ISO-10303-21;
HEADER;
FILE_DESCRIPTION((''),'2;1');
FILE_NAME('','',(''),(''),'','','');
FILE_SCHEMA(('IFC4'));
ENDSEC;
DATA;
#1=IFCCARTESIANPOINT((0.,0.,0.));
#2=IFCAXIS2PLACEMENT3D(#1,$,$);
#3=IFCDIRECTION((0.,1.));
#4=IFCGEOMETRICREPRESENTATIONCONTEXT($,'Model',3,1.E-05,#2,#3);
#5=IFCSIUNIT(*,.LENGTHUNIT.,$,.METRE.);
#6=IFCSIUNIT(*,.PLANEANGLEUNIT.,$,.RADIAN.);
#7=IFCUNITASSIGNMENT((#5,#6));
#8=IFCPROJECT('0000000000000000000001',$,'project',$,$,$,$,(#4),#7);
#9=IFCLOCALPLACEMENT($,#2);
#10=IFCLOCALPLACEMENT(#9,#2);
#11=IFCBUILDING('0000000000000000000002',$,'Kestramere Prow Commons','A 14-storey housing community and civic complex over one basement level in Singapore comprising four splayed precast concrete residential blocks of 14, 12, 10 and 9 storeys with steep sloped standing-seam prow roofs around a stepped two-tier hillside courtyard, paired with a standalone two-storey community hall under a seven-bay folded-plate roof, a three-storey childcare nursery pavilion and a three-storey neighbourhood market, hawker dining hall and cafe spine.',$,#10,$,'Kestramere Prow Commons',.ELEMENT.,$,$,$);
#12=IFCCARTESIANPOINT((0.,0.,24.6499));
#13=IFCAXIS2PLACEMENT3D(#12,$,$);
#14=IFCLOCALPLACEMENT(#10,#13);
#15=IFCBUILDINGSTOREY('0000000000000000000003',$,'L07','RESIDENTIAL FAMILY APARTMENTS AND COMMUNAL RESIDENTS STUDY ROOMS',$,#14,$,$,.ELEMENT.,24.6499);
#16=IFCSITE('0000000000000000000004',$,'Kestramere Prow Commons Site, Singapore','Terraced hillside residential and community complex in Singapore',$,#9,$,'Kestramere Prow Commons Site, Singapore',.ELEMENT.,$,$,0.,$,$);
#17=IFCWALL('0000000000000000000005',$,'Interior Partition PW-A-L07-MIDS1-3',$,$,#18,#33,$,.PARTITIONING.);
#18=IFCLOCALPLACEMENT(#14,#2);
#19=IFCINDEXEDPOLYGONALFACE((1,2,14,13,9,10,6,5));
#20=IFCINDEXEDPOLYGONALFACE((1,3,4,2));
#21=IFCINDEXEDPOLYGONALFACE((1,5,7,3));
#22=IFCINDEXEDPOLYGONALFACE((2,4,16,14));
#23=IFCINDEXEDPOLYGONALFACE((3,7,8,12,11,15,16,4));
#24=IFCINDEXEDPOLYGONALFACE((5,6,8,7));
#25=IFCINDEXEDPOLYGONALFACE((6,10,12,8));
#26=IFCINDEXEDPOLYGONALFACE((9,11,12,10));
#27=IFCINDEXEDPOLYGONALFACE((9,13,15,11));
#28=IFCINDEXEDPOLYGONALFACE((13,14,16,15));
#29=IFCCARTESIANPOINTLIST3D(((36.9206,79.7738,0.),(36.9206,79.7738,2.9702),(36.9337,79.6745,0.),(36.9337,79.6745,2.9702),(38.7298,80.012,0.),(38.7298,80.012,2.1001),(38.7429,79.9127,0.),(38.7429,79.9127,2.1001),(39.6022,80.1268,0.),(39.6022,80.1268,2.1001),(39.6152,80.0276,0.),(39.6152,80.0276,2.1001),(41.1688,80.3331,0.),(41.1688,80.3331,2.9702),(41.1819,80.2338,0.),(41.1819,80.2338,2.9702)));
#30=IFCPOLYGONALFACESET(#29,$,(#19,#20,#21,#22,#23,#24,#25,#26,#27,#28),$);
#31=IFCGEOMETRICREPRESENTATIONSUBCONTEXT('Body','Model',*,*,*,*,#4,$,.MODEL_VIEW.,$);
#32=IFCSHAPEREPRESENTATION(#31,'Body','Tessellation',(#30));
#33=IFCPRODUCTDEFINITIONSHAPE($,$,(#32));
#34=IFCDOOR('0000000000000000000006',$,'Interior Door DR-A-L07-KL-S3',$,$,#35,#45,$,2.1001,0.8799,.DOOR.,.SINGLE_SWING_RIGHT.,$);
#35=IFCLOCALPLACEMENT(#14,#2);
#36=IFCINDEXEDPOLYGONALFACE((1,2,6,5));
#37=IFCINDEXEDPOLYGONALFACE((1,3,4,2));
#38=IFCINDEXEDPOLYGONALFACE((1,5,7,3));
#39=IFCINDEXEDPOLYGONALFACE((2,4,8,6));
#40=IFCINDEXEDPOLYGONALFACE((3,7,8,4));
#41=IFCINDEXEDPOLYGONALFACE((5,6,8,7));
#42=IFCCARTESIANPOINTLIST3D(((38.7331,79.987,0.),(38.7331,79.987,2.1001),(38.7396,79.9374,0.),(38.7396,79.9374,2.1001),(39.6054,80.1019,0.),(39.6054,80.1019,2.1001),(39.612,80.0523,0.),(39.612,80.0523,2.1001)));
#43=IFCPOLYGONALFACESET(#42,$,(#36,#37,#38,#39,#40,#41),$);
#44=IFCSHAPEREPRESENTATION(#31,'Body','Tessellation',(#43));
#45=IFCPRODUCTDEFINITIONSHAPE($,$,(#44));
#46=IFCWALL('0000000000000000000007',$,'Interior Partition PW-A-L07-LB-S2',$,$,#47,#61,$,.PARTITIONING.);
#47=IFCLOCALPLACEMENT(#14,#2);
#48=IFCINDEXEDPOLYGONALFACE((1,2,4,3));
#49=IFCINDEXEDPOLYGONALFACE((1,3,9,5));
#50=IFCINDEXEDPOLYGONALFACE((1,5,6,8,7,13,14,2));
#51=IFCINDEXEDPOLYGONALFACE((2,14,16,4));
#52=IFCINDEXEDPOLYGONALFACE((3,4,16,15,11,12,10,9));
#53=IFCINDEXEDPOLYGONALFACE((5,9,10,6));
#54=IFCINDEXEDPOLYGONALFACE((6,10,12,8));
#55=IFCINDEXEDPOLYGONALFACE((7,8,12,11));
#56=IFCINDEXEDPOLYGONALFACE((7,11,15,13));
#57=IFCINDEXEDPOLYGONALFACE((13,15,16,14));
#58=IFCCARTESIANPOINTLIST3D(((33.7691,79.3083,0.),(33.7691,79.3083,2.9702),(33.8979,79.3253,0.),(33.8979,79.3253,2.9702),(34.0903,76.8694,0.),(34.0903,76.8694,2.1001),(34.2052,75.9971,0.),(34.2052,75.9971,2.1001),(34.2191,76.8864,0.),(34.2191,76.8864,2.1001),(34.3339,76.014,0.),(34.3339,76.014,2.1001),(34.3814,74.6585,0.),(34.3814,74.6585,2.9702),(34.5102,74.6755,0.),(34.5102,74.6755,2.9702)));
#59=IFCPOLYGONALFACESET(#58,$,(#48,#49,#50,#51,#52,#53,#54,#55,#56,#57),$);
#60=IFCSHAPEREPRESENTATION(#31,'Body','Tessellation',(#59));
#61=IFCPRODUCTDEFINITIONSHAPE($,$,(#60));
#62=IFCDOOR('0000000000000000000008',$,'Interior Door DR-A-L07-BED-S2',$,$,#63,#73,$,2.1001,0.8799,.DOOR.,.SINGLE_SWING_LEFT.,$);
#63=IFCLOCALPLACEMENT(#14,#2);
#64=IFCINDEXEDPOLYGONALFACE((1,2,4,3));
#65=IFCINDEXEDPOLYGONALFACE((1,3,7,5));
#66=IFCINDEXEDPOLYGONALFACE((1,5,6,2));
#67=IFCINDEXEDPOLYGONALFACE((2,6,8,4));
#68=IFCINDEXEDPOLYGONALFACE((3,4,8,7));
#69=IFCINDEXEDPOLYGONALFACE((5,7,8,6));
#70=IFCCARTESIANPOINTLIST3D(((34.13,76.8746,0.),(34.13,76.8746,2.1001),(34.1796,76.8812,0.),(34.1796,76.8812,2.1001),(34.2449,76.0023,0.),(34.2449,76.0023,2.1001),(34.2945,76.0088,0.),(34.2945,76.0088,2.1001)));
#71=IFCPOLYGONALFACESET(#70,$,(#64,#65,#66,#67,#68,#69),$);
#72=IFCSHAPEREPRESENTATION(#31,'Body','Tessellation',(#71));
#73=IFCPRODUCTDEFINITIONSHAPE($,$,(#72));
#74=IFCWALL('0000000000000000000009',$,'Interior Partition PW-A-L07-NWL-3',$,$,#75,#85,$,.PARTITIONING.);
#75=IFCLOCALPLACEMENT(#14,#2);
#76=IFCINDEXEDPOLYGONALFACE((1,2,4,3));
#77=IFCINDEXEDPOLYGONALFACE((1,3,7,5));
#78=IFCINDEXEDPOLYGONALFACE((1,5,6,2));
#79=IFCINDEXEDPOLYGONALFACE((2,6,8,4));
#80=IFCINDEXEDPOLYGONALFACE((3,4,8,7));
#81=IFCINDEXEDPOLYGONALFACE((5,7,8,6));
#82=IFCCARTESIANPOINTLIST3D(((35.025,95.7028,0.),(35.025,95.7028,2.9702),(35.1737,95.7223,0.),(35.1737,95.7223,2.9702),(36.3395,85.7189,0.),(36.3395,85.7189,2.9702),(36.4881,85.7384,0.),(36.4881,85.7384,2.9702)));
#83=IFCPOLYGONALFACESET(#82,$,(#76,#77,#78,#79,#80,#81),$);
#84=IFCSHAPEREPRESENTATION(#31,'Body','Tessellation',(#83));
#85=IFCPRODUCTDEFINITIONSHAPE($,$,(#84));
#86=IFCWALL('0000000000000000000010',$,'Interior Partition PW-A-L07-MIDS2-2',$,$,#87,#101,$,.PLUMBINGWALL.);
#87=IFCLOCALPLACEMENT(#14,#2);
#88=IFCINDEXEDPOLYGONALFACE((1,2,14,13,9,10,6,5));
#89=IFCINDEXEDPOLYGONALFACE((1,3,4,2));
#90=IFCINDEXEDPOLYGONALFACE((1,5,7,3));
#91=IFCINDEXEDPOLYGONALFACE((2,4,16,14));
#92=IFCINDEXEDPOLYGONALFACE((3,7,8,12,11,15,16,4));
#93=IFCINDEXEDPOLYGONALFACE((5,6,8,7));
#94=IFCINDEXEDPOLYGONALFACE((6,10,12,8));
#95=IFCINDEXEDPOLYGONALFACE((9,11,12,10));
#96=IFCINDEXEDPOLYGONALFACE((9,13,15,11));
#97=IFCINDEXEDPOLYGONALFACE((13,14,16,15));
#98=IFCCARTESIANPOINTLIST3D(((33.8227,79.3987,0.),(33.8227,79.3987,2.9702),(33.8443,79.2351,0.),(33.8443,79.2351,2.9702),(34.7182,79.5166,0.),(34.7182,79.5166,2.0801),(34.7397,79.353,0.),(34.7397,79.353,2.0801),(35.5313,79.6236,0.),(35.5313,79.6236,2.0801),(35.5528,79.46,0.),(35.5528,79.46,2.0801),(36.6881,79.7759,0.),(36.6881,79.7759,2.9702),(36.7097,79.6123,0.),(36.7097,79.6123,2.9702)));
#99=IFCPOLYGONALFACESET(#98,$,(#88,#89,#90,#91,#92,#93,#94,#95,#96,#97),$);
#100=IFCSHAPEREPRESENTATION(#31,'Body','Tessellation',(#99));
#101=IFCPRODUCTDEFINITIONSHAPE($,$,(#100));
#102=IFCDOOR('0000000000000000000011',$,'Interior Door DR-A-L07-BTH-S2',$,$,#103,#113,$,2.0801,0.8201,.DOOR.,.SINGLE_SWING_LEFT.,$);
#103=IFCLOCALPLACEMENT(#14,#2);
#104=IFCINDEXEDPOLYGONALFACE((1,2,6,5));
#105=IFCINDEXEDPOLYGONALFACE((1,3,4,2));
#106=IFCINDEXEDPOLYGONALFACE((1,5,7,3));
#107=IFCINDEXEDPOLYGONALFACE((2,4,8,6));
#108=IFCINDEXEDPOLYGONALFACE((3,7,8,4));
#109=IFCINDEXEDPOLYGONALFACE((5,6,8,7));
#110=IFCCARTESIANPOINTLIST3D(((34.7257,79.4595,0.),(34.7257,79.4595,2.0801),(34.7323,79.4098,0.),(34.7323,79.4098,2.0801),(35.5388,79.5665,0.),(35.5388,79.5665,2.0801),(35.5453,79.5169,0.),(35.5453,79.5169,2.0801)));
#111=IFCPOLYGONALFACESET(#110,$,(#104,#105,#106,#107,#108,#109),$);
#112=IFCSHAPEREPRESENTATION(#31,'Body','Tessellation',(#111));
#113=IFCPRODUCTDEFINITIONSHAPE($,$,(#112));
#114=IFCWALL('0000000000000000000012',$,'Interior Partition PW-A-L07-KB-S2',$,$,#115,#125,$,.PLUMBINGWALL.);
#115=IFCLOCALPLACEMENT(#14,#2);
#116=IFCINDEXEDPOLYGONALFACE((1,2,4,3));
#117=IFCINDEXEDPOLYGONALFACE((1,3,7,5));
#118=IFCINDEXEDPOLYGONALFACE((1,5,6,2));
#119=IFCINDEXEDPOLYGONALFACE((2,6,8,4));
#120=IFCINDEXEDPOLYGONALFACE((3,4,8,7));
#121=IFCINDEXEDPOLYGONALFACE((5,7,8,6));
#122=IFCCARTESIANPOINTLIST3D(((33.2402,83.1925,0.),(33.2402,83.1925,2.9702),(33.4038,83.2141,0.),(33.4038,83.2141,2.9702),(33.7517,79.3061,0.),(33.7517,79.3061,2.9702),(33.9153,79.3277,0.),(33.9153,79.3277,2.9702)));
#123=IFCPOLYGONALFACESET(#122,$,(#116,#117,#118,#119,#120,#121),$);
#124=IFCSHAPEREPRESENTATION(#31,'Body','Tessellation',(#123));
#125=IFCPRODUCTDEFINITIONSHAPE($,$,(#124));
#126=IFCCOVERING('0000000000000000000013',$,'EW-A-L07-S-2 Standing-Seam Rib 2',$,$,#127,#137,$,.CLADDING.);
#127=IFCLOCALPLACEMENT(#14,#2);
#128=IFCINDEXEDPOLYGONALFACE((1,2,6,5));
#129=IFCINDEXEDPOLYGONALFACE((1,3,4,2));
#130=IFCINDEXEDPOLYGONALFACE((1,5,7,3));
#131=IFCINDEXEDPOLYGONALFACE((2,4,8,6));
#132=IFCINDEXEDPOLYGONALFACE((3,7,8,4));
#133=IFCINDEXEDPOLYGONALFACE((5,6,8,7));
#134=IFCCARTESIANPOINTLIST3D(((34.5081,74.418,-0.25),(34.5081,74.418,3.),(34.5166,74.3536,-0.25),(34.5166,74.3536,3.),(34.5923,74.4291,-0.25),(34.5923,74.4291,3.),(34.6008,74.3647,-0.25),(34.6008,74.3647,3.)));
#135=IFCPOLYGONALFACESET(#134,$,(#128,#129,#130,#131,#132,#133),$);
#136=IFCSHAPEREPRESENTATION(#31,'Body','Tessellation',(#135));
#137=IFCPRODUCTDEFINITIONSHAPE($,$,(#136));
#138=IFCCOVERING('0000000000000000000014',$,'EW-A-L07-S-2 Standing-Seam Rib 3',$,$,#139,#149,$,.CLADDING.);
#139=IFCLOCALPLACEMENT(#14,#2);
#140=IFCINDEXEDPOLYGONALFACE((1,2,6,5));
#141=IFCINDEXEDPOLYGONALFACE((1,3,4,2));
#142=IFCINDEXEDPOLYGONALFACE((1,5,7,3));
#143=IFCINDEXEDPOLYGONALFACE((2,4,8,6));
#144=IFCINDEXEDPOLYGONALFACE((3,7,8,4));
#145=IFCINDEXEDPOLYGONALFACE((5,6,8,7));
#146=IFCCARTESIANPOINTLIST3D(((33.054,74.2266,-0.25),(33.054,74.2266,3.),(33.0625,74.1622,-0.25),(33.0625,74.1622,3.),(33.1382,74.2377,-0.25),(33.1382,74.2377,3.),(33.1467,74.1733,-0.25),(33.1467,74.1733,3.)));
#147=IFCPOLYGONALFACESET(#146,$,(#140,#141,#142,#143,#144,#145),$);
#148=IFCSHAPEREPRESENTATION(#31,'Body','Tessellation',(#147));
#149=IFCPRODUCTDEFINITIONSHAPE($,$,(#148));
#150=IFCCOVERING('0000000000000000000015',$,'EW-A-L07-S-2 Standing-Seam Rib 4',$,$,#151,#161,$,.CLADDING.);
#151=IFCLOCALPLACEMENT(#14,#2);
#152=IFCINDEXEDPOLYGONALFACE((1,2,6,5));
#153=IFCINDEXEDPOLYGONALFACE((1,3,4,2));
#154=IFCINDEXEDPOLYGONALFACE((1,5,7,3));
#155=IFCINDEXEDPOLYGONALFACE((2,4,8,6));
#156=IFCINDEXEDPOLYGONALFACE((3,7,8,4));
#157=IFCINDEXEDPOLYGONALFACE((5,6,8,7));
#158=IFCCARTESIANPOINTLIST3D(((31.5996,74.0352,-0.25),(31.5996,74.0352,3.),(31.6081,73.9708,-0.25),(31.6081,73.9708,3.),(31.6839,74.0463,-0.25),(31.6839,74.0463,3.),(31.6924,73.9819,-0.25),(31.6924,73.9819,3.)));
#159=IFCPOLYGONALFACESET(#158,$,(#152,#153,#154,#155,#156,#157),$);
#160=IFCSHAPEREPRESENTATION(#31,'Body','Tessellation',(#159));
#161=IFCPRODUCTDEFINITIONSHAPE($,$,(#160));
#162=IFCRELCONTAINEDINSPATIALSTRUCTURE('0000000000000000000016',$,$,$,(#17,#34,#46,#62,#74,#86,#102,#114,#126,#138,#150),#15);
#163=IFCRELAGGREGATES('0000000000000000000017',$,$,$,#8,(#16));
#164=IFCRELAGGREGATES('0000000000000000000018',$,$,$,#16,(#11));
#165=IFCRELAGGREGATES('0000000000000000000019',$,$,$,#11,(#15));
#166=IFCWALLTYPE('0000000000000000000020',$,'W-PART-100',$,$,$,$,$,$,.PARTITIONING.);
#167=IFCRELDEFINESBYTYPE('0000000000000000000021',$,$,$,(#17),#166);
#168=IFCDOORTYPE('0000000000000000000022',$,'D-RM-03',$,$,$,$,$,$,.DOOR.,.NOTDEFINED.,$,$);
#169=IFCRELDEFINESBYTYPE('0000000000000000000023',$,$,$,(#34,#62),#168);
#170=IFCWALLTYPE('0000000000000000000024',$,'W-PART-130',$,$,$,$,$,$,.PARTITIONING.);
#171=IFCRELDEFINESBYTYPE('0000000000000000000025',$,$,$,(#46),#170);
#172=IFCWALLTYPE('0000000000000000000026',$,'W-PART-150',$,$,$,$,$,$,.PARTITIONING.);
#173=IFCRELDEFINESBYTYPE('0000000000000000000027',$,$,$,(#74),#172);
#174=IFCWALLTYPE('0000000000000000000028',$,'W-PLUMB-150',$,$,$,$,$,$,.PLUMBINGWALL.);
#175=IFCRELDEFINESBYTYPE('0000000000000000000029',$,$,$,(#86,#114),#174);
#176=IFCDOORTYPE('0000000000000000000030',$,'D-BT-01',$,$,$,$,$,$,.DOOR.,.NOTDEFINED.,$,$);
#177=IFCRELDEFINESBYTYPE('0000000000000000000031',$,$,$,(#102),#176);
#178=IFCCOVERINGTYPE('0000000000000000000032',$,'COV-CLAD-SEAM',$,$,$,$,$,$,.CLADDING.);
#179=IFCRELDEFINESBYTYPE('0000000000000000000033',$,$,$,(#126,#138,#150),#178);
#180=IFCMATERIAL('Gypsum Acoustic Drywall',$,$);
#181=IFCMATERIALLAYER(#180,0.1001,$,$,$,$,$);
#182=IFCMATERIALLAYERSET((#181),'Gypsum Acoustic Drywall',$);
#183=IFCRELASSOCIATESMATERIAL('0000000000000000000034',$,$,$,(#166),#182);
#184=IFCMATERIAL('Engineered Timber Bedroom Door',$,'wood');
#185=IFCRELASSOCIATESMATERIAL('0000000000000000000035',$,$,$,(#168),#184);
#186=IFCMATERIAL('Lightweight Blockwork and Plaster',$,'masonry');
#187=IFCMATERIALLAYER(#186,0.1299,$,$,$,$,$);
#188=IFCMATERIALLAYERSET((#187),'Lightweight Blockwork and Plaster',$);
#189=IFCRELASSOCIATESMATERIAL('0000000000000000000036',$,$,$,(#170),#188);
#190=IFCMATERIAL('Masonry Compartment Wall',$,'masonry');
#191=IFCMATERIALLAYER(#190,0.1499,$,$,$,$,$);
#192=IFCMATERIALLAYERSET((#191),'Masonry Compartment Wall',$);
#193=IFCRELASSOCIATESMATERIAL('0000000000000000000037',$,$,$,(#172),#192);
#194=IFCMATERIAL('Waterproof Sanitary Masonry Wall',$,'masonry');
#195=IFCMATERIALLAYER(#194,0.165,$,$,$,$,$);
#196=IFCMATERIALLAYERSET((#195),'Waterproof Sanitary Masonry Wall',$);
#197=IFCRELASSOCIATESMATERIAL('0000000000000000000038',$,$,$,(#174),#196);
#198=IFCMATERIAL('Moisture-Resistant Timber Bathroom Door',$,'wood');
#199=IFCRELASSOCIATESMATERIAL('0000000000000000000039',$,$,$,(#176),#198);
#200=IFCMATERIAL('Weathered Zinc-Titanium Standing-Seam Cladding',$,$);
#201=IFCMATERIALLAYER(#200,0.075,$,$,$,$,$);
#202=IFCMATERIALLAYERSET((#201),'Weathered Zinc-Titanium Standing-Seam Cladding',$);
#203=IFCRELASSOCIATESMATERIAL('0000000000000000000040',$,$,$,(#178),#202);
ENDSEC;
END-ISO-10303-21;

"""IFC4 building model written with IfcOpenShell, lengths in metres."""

from ifc_helpers import new_model, si_unit, direction, frame, frame_2d, origin, origin_2d, place, context, subcontext, project, spatial, rectangle, extrude, material, layer, layer_set, type_object, element, fill, save


model = new_model("IFC4")

# Units and contexts
model_context = context("Model", 3, precision=1e-05, world=origin(), true_north=direction((0.0, 1.0)))
body_context = subcontext(model_context, "Body", "Model", "MODEL_VIEW")
ifc_project = project(units=[si_unit("LENGTHUNIT", "METRE"), si_unit("PLANEANGLEUNIT", "RADIAN")], contexts=[model_context])

# Site, building, storey
site_placement = place(None, origin())
site = spatial("IfcSite", under=ifc_project, at=site_placement, Name="Kestramere Prow Commons Site, Singapore", Description="Terraced hillside residential and community complex in Singapore", LongName="Kestramere Prow Commons Site, Singapore", CompositionType="ELEMENT", RefElevation=0.0)
building_placement = place(site_placement, origin())
building = spatial("IfcBuilding", under=site, at=building_placement, Name="Kestramere Prow Commons", Description="A 14-storey housing community and civic complex over one basement level in Singapore comprising four splayed precast concrete residential blocks of 14, 12, 10 and 9 storeys with steep sloped standing-seam prow roofs around a stepped two-tier hillside courtyard, paired with a standalone two-storey community hall under a seven-bay folded-plate roof, a three-storey childcare nursery pavilion and a three-storey neighbourhood market, hawker dining hall and cafe spine.", LongName="Kestramere Prow Commons", CompositionType="ELEMENT")
storey_placement = place(building_placement, frame((0.0, 0.0, 24.6499)))
storey = spatial("IfcBuildingStorey", under=building, at=storey_placement, Name="L07", Description="RESIDENTIAL FAMILY APARTMENTS AND COMMUNAL RESIDENTS STUDY ROOMS", CompositionType="ELEMENT", Elevation=24.6499)

# Walls, openings, doors
ifc_material_1 = material(Name="Gypsum Acoustic Drywall")
ifc_layer_1 = layer(ifc_material_1, 0.1001)
ifc_layer_set_1 = layer_set([ifc_layer_1], Name="Gypsum Acoustic Drywall")
wall_type_1 = type_object("IfcWallType", Name="W-PART-100", PredefinedType="PARTITIONING", material=ifc_layer_set_1)
wall_1_placement = place(storey_placement, frame((36.927, 79.7241, 0.0), z_axis=(0.0, 0.0, 1.0), x_axis=(0.991444, 0.130533, 0.0)))
wall_1 = element("IfcWall", 1, at=wall_1_placement, inside=storey, type_object=wall_type_1, Name="Interior Partition PW-A-L07-MIDS1-3", PredefinedType="PARTITIONING", context=body_context, shape_type="SweptSolid", body=[
    extrude(rectangle(XDim=4.2849, YDim=0.1001, at=frame_2d((2.1426, 0.0))), origin(), (0.0, 0.0, 1.0), 2.9702),
])
opening_1_placement = place(wall_1_placement, frame((1.825, 0.0, 0.0)))
opening_1 = element("IfcOpeningElement", 2, at=opening_1_placement, cuts=wall_1, PredefinedType="OPENING", context=body_context, shape_type="SweptSolid", body=[
    extrude(rectangle(XDim=0.8799, YDim=2.1001, at=frame_2d((0.4399, 1.05))), frame((0.0, 0.0649, 0.0), z_axis=(0.0, -1.0, 0.0), x_axis=(1.0, 0.0, 0.0)), (0.0, 0.0, 1.0), 0.1301),
])
ifc_material_2 = material(Name="Engineered Timber Bedroom Door", Category="wood")
door_type_1 = type_object("IfcDoorType", Name="D-RM-03", OperationType="NOTDEFINED", PredefinedType="DOOR", material=ifc_material_2)
door_1_placement = place(opening_1_placement, origin())
door_1 = element("IfcDoor", 3, at=door_1_placement, inside=storey, type_object=door_type_1, Name="Interior Door DR-A-L07-KL-S3", OperationType="SINGLE_SWING_RIGHT", OverallHeight=2.1001, OverallWidth=0.8799, PredefinedType="DOOR", context=body_context, shape_type="SweptSolid", body=[
    extrude(rectangle(XDim=0.8799, YDim=2.1001, at=frame_2d((0.4399, 1.05))), frame((0.0, 0.0249, 0.0), z_axis=(0.0, -1.0, 0.0), x_axis=(1.0, 0.0, 0.0)), (0.0, 0.0, 1.0), 0.05),
])
fill(opening_1, door_1)
ifc_material_3 = material(Name="Lightweight Blockwork and Plaster", Category="masonry")
ifc_layer_2 = layer(ifc_material_3, 0.1299)
ifc_layer_set_2 = layer_set([ifc_layer_2], Name="Lightweight Blockwork and Plaster")
wall_type_2 = type_object("IfcWallType", Name="W-PART-130", PredefinedType="PARTITIONING", material=ifc_layer_set_2)
wall_2_placement = place(storey_placement, frame((34.4458, 74.667, 0.0), z_axis=(0.0, 0.0, 1.0), x_axis=(-0.130554, 0.991441, 0.0)))
wall_2 = element("IfcWall", 4, at=wall_2_placement, inside=storey, type_object=wall_type_2, Name="Interior Partition PW-A-L07-LB-S2", PredefinedType="PARTITIONING", context=body_context, shape_type="SweptSolid", body=[
    extrude(rectangle(XDim=4.6899, YDim=0.1299, at=frame_2d((2.345, 0.0))), origin(), (0.0, 0.0, 1.0), 2.9702),
])
opening_2_placement = place(wall_2_placement, frame((1.3501, 0.0, 0.0)))
opening_2 = element("IfcOpeningElement", 5, at=opening_2_placement, cuts=wall_2, PredefinedType="OPENING", context=body_context, shape_type="SweptSolid", body=[
    extrude(rectangle(XDim=0.8799, YDim=2.1001, at=frame_2d((0.4399, 1.05))), frame((0.0, 0.0798, 0.0), z_axis=(0.0, -1.0, 0.0), x_axis=(1.0, 0.0, 0.0)), (0.0, 0.0, 1.0), 0.1599),
])
door_2_placement = place(opening_2_placement, origin())
door_2 = element("IfcDoor", 6, at=door_2_placement, inside=storey, type_object=door_type_1, Name="Interior Door DR-A-L07-BED-S2", OperationType="SINGLE_SWING_LEFT", OverallHeight=2.1001, OverallWidth=0.8799, PredefinedType="DOOR", context=body_context, shape_type="SweptSolid", body=[
    extrude(rectangle(XDim=0.8799, YDim=2.1001, at=frame_2d((0.4399, 1.05))), frame((0.0, 0.0249, 0.0), z_axis=(0.0, -1.0, 0.0), x_axis=(1.0, 0.0, 0.0)), (0.0, 0.0, 1.0), 0.05),
])
fill(opening_2, door_2)

# Wall
ifc_material_4 = material(Name="Masonry Compartment Wall", Category="masonry")
ifc_layer_3 = layer(ifc_material_4, 0.1499)
ifc_layer_set_3 = layer_set([ifc_layer_3], Name="Masonry Compartment Wall")
wall_type_3 = type_object("IfcWallType", Name="W-PART-150", PredefinedType="PARTITIONING", material=ifc_layer_set_3)
wall_3_placement = place(storey_placement, frame((36.4138, 85.7285, 0.0), z_axis=(0.0, 0.0, 1.0), x_axis=(-0.130531, 0.991444, 0.0)))
element("IfcWall", 7, at=wall_3_placement, inside=storey, type_object=wall_type_3, Name="Interior Partition PW-A-L07-NWL-3", PredefinedType="PARTITIONING", context=body_context, shape_type="SweptSolid", body=[
    extrude(rectangle(XDim=10.0701, YDim=0.1499, at=frame_2d((5.0352, 0.0))), origin(), (0.0, 0.0, 1.0), 2.9702),
])

# Wall, opening, door
ifc_material_5 = material(Name="Waterproof Sanitary Masonry Wall", Category="masonry")
ifc_layer_4 = layer(ifc_material_5, 0.165)
ifc_layer_set_4 = layer_set([ifc_layer_4], Name="Waterproof Sanitary Masonry Wall")
wall_type_4 = type_object("IfcWallType", Name="W-PLUMB-150", PredefinedType="PLUMBINGWALL", material=ifc_layer_set_4)
wall_4_placement = place(storey_placement, frame((33.8335, 79.3169, 0.0), z_axis=(0.0, 0.0, 1.0), x_axis=(0.991447, 0.130509, 0.0)))
wall_4 = element("IfcWall", 8, at=wall_4_placement, inside=storey, type_object=wall_type_4, Name="Interior Partition PW-A-L07-MIDS2-2", PredefinedType="PLUMBINGWALL", context=body_context, shape_type="SweptSolid", body=[
    extrude(rectangle(XDim=2.8901, YDim=0.165, at=frame_2d((1.4451, 0.0))), origin(), (0.0, 0.0, 1.0), 2.9702),
])
opening_3_placement = place(wall_4_placement, frame((0.9031, 0.0, 0.0)))
opening_3 = element("IfcOpeningElement", 9, at=opening_3_placement, cuts=wall_4, PredefinedType="OPENING", context=body_context, shape_type="SweptSolid", body=[
    extrude(rectangle(XDim=0.8201, YDim=2.0801, at=frame_2d((0.4102, 1.04))), frame((0.0, 0.0974, 0.0), z_axis=(0.0, -1.0, 0.0), x_axis=(1.0, 0.0, 0.0)), (0.0, 0.0, 1.0), 0.1951),
])
ifc_material_6 = material(Name="Moisture-Resistant Timber Bathroom Door", Category="wood")
door_type_2 = type_object("IfcDoorType", Name="D-BT-01", OperationType="NOTDEFINED", PredefinedType="DOOR", material=ifc_material_6)
door_3_placement = place(opening_3_placement, origin())
door_3 = element("IfcDoor", 10, at=door_3_placement, inside=storey, type_object=door_type_2, Name="Interior Door DR-A-L07-BTH-S2", OperationType="SINGLE_SWING_LEFT", OverallHeight=2.0801, OverallWidth=0.8201, PredefinedType="DOOR", context=body_context, shape_type="SweptSolid", body=[
    extrude(rectangle(XDim=0.8201, YDim=2.0801, at=frame_2d((0.4102, 1.04))), frame((0.0, 0.0249, 0.0), z_axis=(0.0, -1.0, 0.0), x_axis=(1.0, 0.0, 0.0)), (0.0, 0.0, 1.0), 0.05),
])
fill(opening_3, door_3)

# Wall
wall_5_placement = place(storey_placement, frame((33.8335, 79.3169, 0.0), z_axis=(0.0, 0.0, 1.0), x_axis=(-0.130479, 0.991451, 0.0)))
element("IfcWall", 11, at=wall_5_placement, inside=storey, type_object=wall_type_4, Name="Interior Partition PW-A-L07-KB-S2", PredefinedType="PLUMBINGWALL", context=body_context, shape_type="SweptSolid", body=[
    extrude(rectangle(XDim=3.9199, YDim=0.165, at=frame_2d((1.96, 0.0))), origin(), (0.0, 0.0, 1.0), 2.9702),
])

# Coverings
ifc_material_7 = material(Name="Weathered Zinc-Titanium Standing-Seam Cladding")
ifc_layer_5 = layer(ifc_material_7, 0.075)
ifc_layer_set_5 = layer_set([ifc_layer_5], Name="Weathered Zinc-Titanium Standing-Seam Cladding")
covering_type = type_object("IfcCoveringType", Name="COV-CLAD-SEAM", PredefinedType="CLADDING", material=ifc_layer_set_5)
for number, where, z_axis, x_axis, name in (
    (12, (34.5544, 74.3914, -0.25), (0.0, 0.0, 1.0), (-0.991445, -0.130526, 0.0), "EW-A-L07-S-2 Standing-Seam Rib 2"),
    (13, (33.1003, 74.2, -0.25), (0.0, 0.0, 1.0), (-0.991445, -0.130526, 0.0), "EW-A-L07-S-2 Standing-Seam Rib 3"),
    (14, (31.646, 74.0085, -0.25), (0.0, 0.0, 1.0), (-0.991445, -0.130526, 0.0), "EW-A-L07-S-2 Standing-Seam Rib 4"),
):
    element("IfcCovering", number, at=place(storey_placement, frame(where, z_axis=z_axis, x_axis=x_axis)), inside=storey, type_object=covering_type, Name=name, PredefinedType="CLADDING", context=body_context, shape_type="SweptSolid", body=[
        extrude(rectangle(XDim=0.085, YDim=0.0649, at=origin_2d()), origin(), (0.0, 0.0, 1.0), 3.25),
    ])

save(model, "model.ifc")
